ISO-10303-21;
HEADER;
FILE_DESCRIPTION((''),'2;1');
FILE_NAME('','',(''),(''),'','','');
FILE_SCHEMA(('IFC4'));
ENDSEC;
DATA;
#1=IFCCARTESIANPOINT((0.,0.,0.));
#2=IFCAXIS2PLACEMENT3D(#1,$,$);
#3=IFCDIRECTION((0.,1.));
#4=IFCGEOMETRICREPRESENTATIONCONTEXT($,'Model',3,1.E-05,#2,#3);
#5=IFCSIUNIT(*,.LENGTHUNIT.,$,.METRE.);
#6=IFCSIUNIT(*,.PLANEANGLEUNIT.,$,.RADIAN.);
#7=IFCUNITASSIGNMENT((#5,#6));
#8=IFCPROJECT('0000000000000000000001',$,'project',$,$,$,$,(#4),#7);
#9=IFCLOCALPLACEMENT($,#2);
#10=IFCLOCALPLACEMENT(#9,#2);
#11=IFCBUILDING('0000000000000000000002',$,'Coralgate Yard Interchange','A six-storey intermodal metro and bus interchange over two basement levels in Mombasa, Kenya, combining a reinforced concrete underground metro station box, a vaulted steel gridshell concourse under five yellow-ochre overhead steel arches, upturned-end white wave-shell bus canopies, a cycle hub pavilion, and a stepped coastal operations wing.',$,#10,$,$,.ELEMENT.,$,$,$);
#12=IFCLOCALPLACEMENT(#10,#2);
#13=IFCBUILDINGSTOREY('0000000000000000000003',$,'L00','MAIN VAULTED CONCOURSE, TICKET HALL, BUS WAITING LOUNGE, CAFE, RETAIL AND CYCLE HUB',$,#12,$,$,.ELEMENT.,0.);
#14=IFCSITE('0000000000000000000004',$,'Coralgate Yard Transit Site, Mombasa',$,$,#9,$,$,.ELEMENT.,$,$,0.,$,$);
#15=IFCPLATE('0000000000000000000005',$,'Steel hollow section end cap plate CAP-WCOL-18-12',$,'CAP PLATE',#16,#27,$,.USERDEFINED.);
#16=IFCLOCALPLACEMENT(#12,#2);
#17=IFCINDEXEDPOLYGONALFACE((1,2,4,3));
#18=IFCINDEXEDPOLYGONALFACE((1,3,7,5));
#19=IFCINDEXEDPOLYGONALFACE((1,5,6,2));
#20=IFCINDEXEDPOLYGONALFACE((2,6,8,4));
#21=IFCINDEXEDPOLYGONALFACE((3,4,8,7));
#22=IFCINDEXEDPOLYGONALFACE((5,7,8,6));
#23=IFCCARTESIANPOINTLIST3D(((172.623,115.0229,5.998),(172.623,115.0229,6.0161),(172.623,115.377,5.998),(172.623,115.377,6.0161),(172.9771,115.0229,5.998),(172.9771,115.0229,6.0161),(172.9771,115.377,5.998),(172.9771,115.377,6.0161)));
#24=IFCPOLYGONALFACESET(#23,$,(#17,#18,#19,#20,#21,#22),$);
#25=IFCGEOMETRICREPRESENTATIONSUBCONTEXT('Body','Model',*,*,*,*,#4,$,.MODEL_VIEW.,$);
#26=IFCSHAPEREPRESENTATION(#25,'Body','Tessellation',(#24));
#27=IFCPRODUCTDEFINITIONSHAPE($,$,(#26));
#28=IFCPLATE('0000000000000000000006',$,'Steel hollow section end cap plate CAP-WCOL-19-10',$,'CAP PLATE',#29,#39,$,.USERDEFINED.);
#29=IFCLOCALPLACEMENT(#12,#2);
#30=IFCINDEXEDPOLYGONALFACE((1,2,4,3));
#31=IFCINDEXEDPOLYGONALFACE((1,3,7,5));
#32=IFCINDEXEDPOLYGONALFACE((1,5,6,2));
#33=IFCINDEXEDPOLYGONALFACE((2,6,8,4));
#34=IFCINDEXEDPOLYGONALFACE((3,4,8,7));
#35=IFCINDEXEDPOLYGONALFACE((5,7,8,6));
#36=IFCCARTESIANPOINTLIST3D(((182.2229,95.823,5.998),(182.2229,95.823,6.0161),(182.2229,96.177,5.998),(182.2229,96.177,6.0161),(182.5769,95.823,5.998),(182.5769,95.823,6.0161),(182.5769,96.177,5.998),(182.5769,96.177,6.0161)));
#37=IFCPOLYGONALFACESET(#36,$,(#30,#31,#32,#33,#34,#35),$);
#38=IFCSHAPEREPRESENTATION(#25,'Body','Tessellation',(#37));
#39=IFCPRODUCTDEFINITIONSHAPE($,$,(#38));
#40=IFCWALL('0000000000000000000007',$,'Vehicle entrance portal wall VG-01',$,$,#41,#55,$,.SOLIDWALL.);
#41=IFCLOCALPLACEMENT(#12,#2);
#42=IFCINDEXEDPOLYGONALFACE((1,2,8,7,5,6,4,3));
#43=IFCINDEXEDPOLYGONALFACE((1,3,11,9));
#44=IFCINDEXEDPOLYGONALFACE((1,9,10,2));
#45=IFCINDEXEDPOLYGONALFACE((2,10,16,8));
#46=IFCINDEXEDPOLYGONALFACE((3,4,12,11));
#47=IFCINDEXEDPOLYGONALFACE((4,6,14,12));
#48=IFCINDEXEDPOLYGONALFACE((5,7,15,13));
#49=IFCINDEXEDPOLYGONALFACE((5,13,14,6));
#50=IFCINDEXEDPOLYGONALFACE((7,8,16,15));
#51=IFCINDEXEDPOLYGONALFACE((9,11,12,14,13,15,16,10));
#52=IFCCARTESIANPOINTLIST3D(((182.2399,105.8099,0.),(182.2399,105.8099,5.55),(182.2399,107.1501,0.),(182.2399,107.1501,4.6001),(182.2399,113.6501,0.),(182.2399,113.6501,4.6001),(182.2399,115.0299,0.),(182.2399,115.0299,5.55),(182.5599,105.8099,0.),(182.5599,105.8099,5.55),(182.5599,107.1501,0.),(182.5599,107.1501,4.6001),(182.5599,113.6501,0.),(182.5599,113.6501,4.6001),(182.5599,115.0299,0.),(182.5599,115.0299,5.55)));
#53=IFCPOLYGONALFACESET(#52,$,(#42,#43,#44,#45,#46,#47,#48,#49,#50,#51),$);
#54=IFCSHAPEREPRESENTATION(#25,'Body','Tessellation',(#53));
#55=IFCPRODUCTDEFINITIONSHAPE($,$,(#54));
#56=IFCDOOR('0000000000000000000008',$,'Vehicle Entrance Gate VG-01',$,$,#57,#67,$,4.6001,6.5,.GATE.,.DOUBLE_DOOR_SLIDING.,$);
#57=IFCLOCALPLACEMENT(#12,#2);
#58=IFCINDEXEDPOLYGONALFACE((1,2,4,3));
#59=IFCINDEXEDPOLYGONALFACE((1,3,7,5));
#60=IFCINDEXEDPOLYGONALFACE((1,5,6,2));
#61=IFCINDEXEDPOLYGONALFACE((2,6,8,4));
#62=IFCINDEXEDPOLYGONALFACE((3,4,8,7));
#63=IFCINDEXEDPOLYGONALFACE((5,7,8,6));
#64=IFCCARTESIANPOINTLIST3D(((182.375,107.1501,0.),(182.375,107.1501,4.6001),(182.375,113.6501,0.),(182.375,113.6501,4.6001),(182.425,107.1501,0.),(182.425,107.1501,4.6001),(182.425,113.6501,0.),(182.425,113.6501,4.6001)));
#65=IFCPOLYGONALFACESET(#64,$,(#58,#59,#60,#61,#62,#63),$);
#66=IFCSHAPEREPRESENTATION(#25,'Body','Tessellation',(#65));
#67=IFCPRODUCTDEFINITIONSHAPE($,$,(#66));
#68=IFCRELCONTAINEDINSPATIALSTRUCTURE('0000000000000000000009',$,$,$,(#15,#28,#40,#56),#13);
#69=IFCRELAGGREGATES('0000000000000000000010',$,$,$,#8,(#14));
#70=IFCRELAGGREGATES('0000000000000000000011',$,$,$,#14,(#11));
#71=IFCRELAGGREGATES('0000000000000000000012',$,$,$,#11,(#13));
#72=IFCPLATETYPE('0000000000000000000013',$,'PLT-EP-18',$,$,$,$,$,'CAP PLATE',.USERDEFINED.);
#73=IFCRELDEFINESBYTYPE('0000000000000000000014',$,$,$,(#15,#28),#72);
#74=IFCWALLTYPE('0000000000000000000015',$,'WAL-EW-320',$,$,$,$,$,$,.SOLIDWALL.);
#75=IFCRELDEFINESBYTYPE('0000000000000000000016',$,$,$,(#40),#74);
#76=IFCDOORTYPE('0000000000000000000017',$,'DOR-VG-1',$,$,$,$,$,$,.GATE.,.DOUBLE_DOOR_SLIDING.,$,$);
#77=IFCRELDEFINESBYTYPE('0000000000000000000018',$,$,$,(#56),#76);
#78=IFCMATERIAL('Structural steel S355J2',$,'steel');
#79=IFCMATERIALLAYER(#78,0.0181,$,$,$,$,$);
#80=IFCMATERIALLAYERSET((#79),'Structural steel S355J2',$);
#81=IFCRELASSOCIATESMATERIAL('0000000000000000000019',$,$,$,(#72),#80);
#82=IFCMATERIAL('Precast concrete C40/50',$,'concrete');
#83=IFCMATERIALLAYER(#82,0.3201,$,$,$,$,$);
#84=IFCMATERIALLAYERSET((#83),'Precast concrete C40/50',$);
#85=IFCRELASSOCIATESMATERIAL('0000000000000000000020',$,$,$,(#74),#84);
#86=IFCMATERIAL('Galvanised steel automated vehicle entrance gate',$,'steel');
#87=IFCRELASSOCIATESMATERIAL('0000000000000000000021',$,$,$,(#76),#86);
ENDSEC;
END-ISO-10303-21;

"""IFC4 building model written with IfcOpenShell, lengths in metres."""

from ifc_helpers import new_model, si_unit, direction, frame, frame_2d, origin, origin_2d, place, context, subcontext, project, spatial, rectangle, extrude, material, layer, layer_set, type_object, element, fill, save


model = new_model("IFC4")

# Units and contexts
model_context = context("Model", 3, precision=1e-05, world=origin(), true_north=direction((0.0, 1.0)))
body_context = subcontext(model_context, "Body", "Model", "MODEL_VIEW")
ifc_project = project(units=[si_unit("LENGTHUNIT", "METRE"), si_unit("PLANEANGLEUNIT", "RADIAN")], contexts=[model_context])

# Site, building, storey
site_placement = place(None, origin())
site = spatial("IfcSite", under=ifc_project, at=site_placement, Name="Coralgate Yard Transit Site, Mombasa", CompositionType="ELEMENT", RefElevation=0.0)
building_placement = place(site_placement, origin())
building = spatial("IfcBuilding", under=site, at=building_placement, Name="Coralgate Yard Interchange", Description="A six-storey intermodal metro and bus interchange over two basement levels in Mombasa, Kenya, combining a reinforced concrete underground metro station box, a vaulted steel gridshell concourse under five yellow-ochre overhead steel arches, upturned-end white wave-shell bus canopies, a cycle hub pavilion, and a stepped coastal operations wing.", CompositionType="ELEMENT")
storey_placement = place(building_placement, origin())
storey = spatial("IfcBuildingStorey", under=building, at=storey_placement, Name="L00", Description="MAIN VAULTED CONCOURSE, TICKET HALL, BUS WAITING LOUNGE, CAFE, RETAIL AND CYCLE HUB", CompositionType="ELEMENT", Elevation=0.0)

# Shared definitions
ifc_material_1 = material(Name="Structural steel S355J2", Category="steel")

# Plates
ifc_layer_1 = layer(ifc_material_1, 0.0181)
ifc_layer_set_1 = layer_set([ifc_layer_1], Name="Structural steel S355J2")
plate_type_1 = type_object("IfcPlateType", Name="PLT-EP-18", ElementType="CAP PLATE", PredefinedType="USERDEFINED", material=ifc_layer_set_1)
for number, where, z_axis, x_axis, name in (
    (1, (172.8, 115.2, 5.998), (0.0, 0.0, 1.0), (1.0, 0.0, 0.0), "Steel hollow section end cap plate CAP-WCOL-18-12"),
    (2, (182.3999, 96.0, 5.998), (0.0, 0.0, 1.0), (1.0, 0.0, 0.0), "Steel hollow section end cap plate CAP-WCOL-19-10"),
):
    element("IfcPlate", number, at=place(storey_placement, frame(where, z_axis=z_axis, x_axis=x_axis)), inside=storey, type_object=plate_type_1, Name=name, ObjectType="CAP PLATE", PredefinedType="USERDEFINED", context=body_context, shape_type="SweptSolid", body=[
        extrude(rectangle(XDim=0.354, YDim=0.354, at=origin_2d()), origin(), (0.0, 0.0, 1.0), 0.0181),
    ])

# Wall, opening, door
ifc_material_2 = material(Name="Precast concrete C40/50", Category="concrete")
ifc_layer_2 = layer(ifc_material_2, 0.3201)
ifc_layer_set_2 = layer_set([ifc_layer_2], Name="Precast concrete C40/50")
wall_type = type_object("IfcWallType", Name="WAL-EW-320", PredefinedType="SOLIDWALL", material=ifc_layer_set_2)
wall_placement = place(storey_placement, frame((182.3999, 105.8101, 0.0), z_axis=(0.0, 0.0, 1.0), x_axis=(0.0, 1.0, 0.0)))
wall = element("IfcWall", 3, at=wall_placement, inside=storey, type_object=wall_type, Name="Vehicle entrance portal wall VG-01", PredefinedType="SOLIDWALL", context=body_context, shape_type="SweptSolid", body=[
    extrude(rectangle(XDim=9.22, YDim=0.3201, at=frame_2d((4.6099, 0.0))), origin(), (0.0, 0.0, 1.0), 5.55),
])
opening_placement = place(wall_placement, frame((1.3401, 0.0, 0.0)))
opening = element("IfcOpeningElement", 4, at=opening_placement, cuts=wall, PredefinedType="OPENING", context=body_context, shape_type="SweptSolid", body=[
    extrude(rectangle(XDim=6.5, YDim=4.6001, at=frame_2d((3.25, 2.3))), frame((0.0, 0.1699, 0.0), z_axis=(0.0, -1.0, 0.0), x_axis=(1.0, 0.0, 0.0)), (0.0, 0.0, 1.0), 0.3401),
])
ifc_material_3 = material(Name="Galvanised steel automated vehicle entrance gate", Category="steel")
door_type = type_object("IfcDoorType", Name="DOR-VG-1", OperationType="DOUBLE_DOOR_SLIDING", PredefinedType="GATE", material=ifc_material_3)
door_placement = place(opening_placement, origin())
door = element("IfcDoor", 5, at=door_placement, inside=storey, type_object=door_type, Name="Vehicle Entrance Gate VG-01", OperationType="DOUBLE_DOOR_SLIDING", OverallHeight=4.6001, OverallWidth=6.5, PredefinedType="GATE", context=body_context, shape_type="SweptSolid", body=[
    extrude(rectangle(XDim=6.5, YDim=4.6001, at=frame_2d((3.25, 2.3))), frame((0.0, 0.0249, 0.0), z_axis=(0.0, -1.0, 0.0), x_axis=(1.0, 0.0, 0.0)), (0.0, 0.0, 1.0), 0.05),
])
fill(opening, door)

save(model, "model.ifc")
